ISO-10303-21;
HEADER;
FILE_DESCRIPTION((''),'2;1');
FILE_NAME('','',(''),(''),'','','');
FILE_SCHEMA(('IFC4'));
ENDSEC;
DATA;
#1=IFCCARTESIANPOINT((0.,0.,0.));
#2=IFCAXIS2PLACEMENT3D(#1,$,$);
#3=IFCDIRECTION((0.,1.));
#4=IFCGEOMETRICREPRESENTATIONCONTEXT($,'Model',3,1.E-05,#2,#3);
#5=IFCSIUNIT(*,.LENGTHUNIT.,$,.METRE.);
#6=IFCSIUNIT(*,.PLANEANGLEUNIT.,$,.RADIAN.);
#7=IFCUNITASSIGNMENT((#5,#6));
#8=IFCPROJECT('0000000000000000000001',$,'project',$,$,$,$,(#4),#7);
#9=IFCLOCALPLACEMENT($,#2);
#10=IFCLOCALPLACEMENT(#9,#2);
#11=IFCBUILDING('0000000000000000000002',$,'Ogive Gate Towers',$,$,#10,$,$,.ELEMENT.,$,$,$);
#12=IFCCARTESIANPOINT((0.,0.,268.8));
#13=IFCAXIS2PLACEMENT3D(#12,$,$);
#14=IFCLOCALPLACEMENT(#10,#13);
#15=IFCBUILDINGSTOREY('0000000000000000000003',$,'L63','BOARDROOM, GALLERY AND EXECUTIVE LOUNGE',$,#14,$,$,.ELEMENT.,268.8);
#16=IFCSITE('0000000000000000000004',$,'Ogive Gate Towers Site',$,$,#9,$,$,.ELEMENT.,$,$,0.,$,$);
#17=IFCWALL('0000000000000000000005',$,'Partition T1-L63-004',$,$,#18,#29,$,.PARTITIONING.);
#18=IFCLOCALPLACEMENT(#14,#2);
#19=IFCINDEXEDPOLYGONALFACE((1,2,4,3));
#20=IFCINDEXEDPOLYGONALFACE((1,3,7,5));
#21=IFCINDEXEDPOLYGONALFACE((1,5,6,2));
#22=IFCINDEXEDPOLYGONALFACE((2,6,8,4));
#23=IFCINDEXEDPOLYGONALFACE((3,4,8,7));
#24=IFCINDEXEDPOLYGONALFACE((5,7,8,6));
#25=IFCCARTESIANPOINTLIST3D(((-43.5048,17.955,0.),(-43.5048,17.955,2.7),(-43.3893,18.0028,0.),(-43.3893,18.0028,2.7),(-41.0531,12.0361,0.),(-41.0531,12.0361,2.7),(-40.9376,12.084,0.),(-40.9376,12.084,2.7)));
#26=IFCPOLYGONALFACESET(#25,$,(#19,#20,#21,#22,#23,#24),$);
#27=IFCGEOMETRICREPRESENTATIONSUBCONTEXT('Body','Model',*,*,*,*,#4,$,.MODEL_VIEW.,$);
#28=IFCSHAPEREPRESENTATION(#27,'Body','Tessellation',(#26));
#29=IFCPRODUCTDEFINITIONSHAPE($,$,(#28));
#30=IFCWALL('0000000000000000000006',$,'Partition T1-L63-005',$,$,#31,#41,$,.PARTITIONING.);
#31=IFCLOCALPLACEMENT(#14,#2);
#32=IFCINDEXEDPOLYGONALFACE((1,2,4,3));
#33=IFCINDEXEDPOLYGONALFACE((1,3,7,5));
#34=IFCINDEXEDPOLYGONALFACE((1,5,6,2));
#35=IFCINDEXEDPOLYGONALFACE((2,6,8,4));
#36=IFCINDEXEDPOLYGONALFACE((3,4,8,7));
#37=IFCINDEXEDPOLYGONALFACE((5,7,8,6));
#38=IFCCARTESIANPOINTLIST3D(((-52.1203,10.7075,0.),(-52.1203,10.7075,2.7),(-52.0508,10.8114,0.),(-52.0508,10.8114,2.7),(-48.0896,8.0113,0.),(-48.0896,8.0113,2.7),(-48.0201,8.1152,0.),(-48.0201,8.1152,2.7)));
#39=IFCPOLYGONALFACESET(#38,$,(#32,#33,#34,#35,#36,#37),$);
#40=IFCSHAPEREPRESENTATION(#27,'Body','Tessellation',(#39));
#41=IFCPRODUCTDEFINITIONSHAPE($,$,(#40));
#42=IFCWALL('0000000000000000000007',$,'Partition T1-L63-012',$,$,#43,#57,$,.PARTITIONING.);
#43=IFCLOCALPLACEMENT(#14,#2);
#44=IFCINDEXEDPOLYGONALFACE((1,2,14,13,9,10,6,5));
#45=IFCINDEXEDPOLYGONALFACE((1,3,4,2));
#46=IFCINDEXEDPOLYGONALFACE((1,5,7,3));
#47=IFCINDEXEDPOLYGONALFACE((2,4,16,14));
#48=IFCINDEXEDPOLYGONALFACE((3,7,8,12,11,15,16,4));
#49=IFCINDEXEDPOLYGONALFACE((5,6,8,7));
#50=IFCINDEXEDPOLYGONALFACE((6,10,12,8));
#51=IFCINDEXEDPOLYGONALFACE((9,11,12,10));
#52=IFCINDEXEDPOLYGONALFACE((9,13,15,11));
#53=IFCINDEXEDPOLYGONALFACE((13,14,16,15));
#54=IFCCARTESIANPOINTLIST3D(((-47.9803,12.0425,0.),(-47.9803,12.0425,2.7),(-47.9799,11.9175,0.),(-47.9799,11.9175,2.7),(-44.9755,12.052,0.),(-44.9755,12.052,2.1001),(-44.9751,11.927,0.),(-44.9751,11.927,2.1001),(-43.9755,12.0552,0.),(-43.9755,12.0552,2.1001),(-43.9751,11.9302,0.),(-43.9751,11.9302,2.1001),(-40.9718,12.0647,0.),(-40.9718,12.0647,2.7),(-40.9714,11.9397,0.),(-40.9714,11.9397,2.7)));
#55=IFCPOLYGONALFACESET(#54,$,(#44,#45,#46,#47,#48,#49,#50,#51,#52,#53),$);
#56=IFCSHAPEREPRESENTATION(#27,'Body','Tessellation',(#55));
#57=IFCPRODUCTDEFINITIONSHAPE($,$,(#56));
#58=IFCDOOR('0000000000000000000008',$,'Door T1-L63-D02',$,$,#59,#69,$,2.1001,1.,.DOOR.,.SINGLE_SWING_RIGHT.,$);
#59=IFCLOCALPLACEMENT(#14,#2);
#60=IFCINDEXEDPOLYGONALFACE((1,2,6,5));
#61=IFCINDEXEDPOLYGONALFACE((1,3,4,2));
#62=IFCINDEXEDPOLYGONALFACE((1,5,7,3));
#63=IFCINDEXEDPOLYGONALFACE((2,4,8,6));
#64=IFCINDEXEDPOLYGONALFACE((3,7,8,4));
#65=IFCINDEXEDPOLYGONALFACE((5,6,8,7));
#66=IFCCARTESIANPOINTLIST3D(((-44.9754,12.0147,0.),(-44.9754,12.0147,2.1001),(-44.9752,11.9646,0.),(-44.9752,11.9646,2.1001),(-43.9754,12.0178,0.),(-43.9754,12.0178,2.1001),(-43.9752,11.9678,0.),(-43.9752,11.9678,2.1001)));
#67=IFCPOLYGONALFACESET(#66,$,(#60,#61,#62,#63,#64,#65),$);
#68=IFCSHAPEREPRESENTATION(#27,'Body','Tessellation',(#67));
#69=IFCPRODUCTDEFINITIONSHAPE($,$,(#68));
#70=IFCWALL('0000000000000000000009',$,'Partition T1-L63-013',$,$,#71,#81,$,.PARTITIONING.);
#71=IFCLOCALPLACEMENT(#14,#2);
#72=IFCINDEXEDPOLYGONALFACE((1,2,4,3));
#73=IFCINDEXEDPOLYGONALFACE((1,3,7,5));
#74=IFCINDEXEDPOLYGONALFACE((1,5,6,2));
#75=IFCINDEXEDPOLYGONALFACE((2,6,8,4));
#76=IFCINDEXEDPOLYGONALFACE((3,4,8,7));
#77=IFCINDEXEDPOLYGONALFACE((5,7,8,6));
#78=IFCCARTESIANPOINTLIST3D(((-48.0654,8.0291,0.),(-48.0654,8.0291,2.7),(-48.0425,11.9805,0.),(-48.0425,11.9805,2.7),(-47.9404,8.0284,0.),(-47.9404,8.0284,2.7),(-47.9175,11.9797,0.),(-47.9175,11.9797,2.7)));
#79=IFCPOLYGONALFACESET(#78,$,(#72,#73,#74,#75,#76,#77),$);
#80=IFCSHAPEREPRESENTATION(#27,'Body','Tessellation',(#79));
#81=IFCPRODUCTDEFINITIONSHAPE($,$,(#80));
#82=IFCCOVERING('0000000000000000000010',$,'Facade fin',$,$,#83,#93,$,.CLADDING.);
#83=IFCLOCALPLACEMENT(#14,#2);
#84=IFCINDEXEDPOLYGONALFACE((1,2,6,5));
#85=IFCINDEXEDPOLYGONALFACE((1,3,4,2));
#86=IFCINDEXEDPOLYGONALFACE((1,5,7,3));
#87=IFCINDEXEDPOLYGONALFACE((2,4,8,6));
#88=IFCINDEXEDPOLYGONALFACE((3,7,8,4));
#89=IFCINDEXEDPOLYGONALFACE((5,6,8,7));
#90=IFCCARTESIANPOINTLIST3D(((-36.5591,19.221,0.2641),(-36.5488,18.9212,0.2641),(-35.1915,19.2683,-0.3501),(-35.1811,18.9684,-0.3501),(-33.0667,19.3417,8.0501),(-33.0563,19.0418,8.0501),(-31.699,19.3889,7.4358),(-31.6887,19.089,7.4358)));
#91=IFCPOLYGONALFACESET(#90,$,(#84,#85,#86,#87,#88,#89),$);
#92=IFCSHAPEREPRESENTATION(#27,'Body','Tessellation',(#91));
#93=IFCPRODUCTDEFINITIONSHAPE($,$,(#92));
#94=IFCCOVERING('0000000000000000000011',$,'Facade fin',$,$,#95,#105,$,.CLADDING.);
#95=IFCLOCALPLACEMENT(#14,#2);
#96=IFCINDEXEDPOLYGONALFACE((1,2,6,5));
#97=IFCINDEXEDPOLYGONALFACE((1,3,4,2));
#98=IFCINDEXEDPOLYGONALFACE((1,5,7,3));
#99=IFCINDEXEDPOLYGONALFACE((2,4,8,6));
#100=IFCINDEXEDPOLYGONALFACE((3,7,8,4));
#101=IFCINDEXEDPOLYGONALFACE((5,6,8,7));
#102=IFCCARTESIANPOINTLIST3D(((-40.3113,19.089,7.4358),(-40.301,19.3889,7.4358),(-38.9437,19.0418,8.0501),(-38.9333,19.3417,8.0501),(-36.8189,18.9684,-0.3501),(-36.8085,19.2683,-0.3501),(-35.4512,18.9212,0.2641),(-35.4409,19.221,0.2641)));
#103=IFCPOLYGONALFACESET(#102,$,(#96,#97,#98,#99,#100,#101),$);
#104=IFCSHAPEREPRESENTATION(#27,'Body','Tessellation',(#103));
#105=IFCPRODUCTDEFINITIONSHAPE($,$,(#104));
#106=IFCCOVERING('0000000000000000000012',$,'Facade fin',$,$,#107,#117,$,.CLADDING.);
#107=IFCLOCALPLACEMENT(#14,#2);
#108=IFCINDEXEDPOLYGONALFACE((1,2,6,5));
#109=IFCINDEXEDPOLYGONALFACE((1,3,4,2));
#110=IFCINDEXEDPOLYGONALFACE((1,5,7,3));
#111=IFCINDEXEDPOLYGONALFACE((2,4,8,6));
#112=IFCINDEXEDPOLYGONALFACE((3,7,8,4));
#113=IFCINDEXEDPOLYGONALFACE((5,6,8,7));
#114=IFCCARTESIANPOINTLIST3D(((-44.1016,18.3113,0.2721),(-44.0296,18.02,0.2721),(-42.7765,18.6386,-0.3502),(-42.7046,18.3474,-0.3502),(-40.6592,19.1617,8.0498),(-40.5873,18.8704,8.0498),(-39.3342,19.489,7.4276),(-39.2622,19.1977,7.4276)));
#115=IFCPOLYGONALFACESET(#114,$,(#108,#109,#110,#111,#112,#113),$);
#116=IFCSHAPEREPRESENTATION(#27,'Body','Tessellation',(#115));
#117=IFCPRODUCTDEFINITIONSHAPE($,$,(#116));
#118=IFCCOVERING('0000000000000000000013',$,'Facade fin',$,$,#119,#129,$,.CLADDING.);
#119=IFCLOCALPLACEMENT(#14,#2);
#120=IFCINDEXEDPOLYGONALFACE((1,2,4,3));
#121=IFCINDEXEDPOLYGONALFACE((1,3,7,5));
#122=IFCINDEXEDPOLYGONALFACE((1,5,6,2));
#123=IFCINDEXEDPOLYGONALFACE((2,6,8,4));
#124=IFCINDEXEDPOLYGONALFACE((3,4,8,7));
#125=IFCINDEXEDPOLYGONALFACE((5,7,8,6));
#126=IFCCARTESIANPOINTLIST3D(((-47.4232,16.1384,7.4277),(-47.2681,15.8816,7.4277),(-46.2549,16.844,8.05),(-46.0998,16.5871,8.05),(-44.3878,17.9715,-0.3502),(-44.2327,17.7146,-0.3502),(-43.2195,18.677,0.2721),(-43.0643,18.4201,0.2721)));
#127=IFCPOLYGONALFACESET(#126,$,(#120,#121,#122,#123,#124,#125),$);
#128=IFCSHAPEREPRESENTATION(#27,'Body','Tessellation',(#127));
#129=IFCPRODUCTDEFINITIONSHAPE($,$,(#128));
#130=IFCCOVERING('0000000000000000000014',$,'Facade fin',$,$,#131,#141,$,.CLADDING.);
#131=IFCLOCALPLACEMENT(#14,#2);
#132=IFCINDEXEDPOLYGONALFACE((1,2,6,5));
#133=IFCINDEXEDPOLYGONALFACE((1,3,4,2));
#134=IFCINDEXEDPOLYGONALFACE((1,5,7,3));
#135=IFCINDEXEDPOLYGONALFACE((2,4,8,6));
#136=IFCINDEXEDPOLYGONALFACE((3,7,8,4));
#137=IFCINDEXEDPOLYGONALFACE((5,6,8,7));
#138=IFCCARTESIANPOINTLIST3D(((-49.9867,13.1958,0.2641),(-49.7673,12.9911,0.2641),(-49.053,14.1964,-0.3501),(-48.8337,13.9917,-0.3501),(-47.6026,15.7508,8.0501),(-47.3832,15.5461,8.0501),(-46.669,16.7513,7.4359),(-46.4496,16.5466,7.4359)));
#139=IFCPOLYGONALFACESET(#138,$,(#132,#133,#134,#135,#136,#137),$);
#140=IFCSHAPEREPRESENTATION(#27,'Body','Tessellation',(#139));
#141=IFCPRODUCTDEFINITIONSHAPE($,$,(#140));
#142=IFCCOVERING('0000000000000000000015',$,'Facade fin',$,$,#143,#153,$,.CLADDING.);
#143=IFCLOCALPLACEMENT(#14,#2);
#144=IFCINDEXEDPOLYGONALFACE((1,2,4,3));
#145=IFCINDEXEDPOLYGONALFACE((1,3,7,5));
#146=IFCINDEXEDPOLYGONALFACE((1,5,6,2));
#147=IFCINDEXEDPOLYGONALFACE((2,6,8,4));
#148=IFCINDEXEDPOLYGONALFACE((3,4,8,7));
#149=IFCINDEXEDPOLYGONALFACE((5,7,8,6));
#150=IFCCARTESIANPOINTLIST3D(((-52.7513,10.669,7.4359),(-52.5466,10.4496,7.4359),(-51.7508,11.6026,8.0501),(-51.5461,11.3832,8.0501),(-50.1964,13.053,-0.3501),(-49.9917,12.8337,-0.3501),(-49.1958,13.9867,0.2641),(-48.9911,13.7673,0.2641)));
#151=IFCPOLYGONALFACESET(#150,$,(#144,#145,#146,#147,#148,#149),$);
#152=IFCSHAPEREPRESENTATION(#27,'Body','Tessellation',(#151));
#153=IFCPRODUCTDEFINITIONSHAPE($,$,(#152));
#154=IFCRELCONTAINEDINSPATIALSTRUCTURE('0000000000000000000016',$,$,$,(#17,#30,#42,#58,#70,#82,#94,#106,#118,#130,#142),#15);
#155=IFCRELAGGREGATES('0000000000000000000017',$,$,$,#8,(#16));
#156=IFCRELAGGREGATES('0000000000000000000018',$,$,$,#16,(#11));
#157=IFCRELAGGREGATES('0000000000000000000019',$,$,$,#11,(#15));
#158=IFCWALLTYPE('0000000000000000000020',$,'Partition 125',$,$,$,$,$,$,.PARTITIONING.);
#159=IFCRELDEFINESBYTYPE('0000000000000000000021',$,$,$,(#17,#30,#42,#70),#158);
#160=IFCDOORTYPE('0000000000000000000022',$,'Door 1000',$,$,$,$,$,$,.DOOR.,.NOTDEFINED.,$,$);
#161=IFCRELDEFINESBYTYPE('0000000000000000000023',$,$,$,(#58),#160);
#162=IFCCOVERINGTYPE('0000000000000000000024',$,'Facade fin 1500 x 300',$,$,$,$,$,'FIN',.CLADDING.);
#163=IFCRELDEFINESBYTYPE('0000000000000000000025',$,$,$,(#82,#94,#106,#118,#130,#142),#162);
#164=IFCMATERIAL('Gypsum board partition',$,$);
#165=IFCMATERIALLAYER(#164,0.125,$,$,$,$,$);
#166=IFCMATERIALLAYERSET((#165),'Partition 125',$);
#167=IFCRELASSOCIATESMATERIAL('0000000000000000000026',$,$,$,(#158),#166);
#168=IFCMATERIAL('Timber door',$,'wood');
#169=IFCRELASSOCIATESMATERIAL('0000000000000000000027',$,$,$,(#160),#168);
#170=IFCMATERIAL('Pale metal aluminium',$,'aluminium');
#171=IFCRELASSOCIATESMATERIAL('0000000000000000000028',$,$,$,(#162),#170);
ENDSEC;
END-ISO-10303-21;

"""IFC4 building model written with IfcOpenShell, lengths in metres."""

from ifc_helpers import new_model, si_unit, direction, frame, frame_2d, origin, origin_2d, place, context, subcontext, project, spatial, rectangle, extrude, material, layer, layer_set, material_profile, profile_set, type_object, element, fill, save


model = new_model("IFC4")

# Units and contexts
model_context = context("Model", 3, precision=1e-05, world=origin(), true_north=direction((0.0, 1.0)))
body_context = subcontext(model_context, "Body", "Model", "MODEL_VIEW")
ifc_project = project(units=[si_unit("LENGTHUNIT", "METRE"), si_unit("PLANEANGLEUNIT", "RADIAN")], contexts=[model_context])

# Site, building, storey
site_placement = place(None, origin())
site = spatial("IfcSite", under=ifc_project, at=site_placement, Name="Ogive Gate Towers Site", CompositionType="ELEMENT", RefElevation=0.0)
building_placement = place(site_placement, origin())
building = spatial("IfcBuilding", under=site, at=building_placement, Name="Ogive Gate Towers", CompositionType="ELEMENT")
storey_placement = place(building_placement, frame((0.0, 0.0, 268.8)))
storey = spatial("IfcBuildingStorey", under=building, at=storey_placement, Name="L63", Description="BOARDROOM, GALLERY AND EXECUTIVE LOUNGE", CompositionType="ELEMENT", Elevation=268.8)

# Shared definitions
ifc_material_1 = material(Name="Pale metal aluminium", Category="aluminium")

# Walls
ifc_material_2 = material(Name="Gypsum board partition")
ifc_layer_1 = layer(ifc_material_2, 0.125)
ifc_layer_set_1 = layer_set([ifc_layer_1], Name="Partition 125")
wall_type = type_object("IfcWallType", Name="Partition 125", PredefinedType="PARTITIONING", material=ifc_layer_set_1)
wall_1_placement = place(storey_placement, frame((-43.447, 17.9788, 0.0), z_axis=(0.0, 0.0, 1.0), x_axis=(0.382691, -0.923877, 0.0)))
element("IfcWall", 1, at=wall_1_placement, inside=storey, type_object=wall_type, Name="Partition T1-L63-004", PredefinedType="PARTITIONING", context=body_context, shape_type="SweptSolid", body=[
    extrude(rectangle(XDim=6.4065, YDim=0.125, at=frame_2d((3.2031, 0.0))), origin(), (0.0, 0.0, 1.0), 2.7),
])
wall_2_placement = place(storey_placement, frame((-52.0857, 10.7595, 0.0), z_axis=(0.0, 0.0, 1.0), x_axis=(0.831182, -0.556001, 0.0)))
element("IfcWall", 2, at=wall_2_placement, inside=storey, type_object=wall_type, Name="Partition T1-L63-005", PredefinedType="PARTITIONING", context=body_context, shape_type="SweptSolid", body=[
    extrude(rectangle(XDim=4.8494, YDim=0.125, at=frame_2d((2.4248, 0.0))), origin(), (0.0, 0.0, 1.0), 2.7),
])

# Wall, opening, door
wall_3_placement = place(storey_placement, frame((-40.9714, 12.0022, 0.0), z_axis=(0.0, 0.0, 1.0), x_axis=(-0.999995, -0.00317, 0.0)))
wall_3 = element("IfcWall", 3, at=wall_3_placement, inside=storey, type_object=wall_type, Name="Partition T1-L63-012", PredefinedType="PARTITIONING", context=body_context, shape_type="SweptSolid", body=[
    extrude(rectangle(XDim=7.0085, YDim=0.125, at=frame_2d((3.5044, 0.0))), origin(), (0.0, 0.0, 1.0), 2.7),
])
opening_placement = place(wall_3_placement, frame((3.0039, 0.0, 0.0)))
opening = element("IfcOpeningElement", 4, at=opening_placement, cuts=wall_3, PredefinedType="OPENING", context=body_context, shape_type="SweptSolid", body=[
    extrude(rectangle(XDim=1.0, YDim=2.1001, at=frame_2d((0.5, 1.05))), frame((0.0, 0.0725, 0.0), z_axis=(0.0, -1.0, 0.0), x_axis=(1.0, 0.0, 0.0)), (0.0, 0.0, 1.0), 0.145),
])
ifc_material_3 = material(Name="Timber door", Category="wood")
door_type = type_object("IfcDoorType", Name="Door 1000", OperationType="NOTDEFINED", PredefinedType="DOOR", material=ifc_material_3)
door_placement = place(opening_placement, origin())
door = element("IfcDoor", 5, at=door_placement, inside=storey, type_object=door_type, Name="Door T1-L63-D02", OperationType="SINGLE_SWING_RIGHT", OverallHeight=2.1001, OverallWidth=1.0, PredefinedType="DOOR", context=body_context, shape_type="SweptSolid", body=[
    extrude(rectangle(XDim=1.0, YDim=2.1001, at=frame_2d((0.5, 1.05))), frame((0.0, 0.0249, 0.0), z_axis=(0.0, -1.0, 0.0), x_axis=(1.0, 0.0, 0.0)), (0.0, 0.0, 1.0), 0.05),
])
fill(opening, door)

# Wall
wall_4_placement = place(storey_placement, frame((-47.98, 11.98, 0.0), z_axis=(0.0, 0.0, 1.0), x_axis=(-0.005808, -0.999983, 0.0)))
element("IfcWall", 6, at=wall_4_placement, inside=storey, type_object=wall_type, Name="Partition T1-L63-013", PredefinedType="PARTITIONING", context=body_context, shape_type="SweptSolid", body=[
    extrude(rectangle(XDim=3.9514, YDim=0.125, at=frame_2d((1.9756, 0.0))), origin(), (0.0, 0.0, 1.0), 2.7),
])

# Coverings
ifc_material_profile_1 = material_profile(ifc_material_1, rectangle(XDim=0.3, YDim=1.5, at=origin_2d()), Name="1500 x 300 pale metal aluminium")
ifc_profile_set_1 = profile_set([ifc_material_profile_1], Name="Pale metal aluminium")
covering_type = type_object("IfcCoveringType", Name="Facade fin 1500 x 300", ElementType="FIN", PredefinedType="CLADDING", material=ifc_profile_set_1)
for number, where, z_axis, x_axis, name in (
    (7, (-35.8701, 19.0947, -0.043), (0.40923, 0.014132, 0.912322), (-0.034513, 0.999404, 0.0), "Facade fin"),
    (8, (-36.1299, 19.0947, -0.043), (-0.40923, 0.014132, 0.912322), (-0.034513, -0.999404, 0.0), "Facade fin"),
):
    element("IfcCovering", number, at=place(storey_placement, frame(where, z_axis=z_axis, x_axis=x_axis)), inside=storey, type_object=covering_type, Name=name, PredefinedType="CLADDING", context=body_context, shape_type="SweptSolid", body=[
        extrude(rectangle(XDim=0.3, YDim=1.5, at=origin_2d()), origin(), (0.0, 0.0, 1.0), 8.5342),
    ])
covering_1_placement = place(storey_placement, frame((-43.4031, 18.3293, -0.0391), z_axis=(0.402714, 0.099479, 0.909904), x_axis=(-0.239813, 0.970819, 0.0)))
element("IfcCovering", 9, at=covering_1_placement, inside=storey, type_object=covering_type, Name="Facade fin", PredefinedType="CLADDING", context=body_context, shape_type="SweptSolid", body=[
    extrude(rectangle(XDim=0.3, YDim=1.5, at=origin_2d()), origin(), (0.0, 0.0, 1.0), 8.5479),
])
covering_2_placement = place(storey_placement, frame((-43.7261, 18.1958, -0.0391), z_axis=(-0.355101, -0.214437, 0.909901), x_axis=(0.516934, -0.856025, 0.0)))
element("IfcCovering", 10, at=covering_2_placement, inside=storey, type_object=covering_type, Name="Facade fin", PredefinedType="CLADDING", context=body_context, shape_type="SweptSolid", body=[
    extrude(rectangle(XDim=0.3, YDim=1.5, at=origin_2d()), origin(), (0.0, 0.0, 1.0), 8.5481),
])
for number, where, z_axis, x_axis, name in (
    (11, (-49.4102, 13.5938, -0.043), (0.279353, 0.299378, 0.912324), (-0.731137, 0.682231, 0.0), "Facade fin"),
    (12, (-49.5938, 13.4102, -0.043), (-0.299378, -0.279353, 0.912324), (0.682231, -0.731137, 0.0), "Facade fin"),
):
    element("IfcCovering", number, at=place(storey_placement, frame(where, z_axis=z_axis, x_axis=x_axis)), inside=storey, type_object=covering_type, Name=name, PredefinedType="CLADDING", context=body_context, shape_type="SweptSolid", body=[
        extrude(rectangle(XDim=0.3, YDim=1.5, at=origin_2d()), origin(), (0.0, 0.0, 1.0), 8.5342),
    ])

save(model, "model.ifc")
